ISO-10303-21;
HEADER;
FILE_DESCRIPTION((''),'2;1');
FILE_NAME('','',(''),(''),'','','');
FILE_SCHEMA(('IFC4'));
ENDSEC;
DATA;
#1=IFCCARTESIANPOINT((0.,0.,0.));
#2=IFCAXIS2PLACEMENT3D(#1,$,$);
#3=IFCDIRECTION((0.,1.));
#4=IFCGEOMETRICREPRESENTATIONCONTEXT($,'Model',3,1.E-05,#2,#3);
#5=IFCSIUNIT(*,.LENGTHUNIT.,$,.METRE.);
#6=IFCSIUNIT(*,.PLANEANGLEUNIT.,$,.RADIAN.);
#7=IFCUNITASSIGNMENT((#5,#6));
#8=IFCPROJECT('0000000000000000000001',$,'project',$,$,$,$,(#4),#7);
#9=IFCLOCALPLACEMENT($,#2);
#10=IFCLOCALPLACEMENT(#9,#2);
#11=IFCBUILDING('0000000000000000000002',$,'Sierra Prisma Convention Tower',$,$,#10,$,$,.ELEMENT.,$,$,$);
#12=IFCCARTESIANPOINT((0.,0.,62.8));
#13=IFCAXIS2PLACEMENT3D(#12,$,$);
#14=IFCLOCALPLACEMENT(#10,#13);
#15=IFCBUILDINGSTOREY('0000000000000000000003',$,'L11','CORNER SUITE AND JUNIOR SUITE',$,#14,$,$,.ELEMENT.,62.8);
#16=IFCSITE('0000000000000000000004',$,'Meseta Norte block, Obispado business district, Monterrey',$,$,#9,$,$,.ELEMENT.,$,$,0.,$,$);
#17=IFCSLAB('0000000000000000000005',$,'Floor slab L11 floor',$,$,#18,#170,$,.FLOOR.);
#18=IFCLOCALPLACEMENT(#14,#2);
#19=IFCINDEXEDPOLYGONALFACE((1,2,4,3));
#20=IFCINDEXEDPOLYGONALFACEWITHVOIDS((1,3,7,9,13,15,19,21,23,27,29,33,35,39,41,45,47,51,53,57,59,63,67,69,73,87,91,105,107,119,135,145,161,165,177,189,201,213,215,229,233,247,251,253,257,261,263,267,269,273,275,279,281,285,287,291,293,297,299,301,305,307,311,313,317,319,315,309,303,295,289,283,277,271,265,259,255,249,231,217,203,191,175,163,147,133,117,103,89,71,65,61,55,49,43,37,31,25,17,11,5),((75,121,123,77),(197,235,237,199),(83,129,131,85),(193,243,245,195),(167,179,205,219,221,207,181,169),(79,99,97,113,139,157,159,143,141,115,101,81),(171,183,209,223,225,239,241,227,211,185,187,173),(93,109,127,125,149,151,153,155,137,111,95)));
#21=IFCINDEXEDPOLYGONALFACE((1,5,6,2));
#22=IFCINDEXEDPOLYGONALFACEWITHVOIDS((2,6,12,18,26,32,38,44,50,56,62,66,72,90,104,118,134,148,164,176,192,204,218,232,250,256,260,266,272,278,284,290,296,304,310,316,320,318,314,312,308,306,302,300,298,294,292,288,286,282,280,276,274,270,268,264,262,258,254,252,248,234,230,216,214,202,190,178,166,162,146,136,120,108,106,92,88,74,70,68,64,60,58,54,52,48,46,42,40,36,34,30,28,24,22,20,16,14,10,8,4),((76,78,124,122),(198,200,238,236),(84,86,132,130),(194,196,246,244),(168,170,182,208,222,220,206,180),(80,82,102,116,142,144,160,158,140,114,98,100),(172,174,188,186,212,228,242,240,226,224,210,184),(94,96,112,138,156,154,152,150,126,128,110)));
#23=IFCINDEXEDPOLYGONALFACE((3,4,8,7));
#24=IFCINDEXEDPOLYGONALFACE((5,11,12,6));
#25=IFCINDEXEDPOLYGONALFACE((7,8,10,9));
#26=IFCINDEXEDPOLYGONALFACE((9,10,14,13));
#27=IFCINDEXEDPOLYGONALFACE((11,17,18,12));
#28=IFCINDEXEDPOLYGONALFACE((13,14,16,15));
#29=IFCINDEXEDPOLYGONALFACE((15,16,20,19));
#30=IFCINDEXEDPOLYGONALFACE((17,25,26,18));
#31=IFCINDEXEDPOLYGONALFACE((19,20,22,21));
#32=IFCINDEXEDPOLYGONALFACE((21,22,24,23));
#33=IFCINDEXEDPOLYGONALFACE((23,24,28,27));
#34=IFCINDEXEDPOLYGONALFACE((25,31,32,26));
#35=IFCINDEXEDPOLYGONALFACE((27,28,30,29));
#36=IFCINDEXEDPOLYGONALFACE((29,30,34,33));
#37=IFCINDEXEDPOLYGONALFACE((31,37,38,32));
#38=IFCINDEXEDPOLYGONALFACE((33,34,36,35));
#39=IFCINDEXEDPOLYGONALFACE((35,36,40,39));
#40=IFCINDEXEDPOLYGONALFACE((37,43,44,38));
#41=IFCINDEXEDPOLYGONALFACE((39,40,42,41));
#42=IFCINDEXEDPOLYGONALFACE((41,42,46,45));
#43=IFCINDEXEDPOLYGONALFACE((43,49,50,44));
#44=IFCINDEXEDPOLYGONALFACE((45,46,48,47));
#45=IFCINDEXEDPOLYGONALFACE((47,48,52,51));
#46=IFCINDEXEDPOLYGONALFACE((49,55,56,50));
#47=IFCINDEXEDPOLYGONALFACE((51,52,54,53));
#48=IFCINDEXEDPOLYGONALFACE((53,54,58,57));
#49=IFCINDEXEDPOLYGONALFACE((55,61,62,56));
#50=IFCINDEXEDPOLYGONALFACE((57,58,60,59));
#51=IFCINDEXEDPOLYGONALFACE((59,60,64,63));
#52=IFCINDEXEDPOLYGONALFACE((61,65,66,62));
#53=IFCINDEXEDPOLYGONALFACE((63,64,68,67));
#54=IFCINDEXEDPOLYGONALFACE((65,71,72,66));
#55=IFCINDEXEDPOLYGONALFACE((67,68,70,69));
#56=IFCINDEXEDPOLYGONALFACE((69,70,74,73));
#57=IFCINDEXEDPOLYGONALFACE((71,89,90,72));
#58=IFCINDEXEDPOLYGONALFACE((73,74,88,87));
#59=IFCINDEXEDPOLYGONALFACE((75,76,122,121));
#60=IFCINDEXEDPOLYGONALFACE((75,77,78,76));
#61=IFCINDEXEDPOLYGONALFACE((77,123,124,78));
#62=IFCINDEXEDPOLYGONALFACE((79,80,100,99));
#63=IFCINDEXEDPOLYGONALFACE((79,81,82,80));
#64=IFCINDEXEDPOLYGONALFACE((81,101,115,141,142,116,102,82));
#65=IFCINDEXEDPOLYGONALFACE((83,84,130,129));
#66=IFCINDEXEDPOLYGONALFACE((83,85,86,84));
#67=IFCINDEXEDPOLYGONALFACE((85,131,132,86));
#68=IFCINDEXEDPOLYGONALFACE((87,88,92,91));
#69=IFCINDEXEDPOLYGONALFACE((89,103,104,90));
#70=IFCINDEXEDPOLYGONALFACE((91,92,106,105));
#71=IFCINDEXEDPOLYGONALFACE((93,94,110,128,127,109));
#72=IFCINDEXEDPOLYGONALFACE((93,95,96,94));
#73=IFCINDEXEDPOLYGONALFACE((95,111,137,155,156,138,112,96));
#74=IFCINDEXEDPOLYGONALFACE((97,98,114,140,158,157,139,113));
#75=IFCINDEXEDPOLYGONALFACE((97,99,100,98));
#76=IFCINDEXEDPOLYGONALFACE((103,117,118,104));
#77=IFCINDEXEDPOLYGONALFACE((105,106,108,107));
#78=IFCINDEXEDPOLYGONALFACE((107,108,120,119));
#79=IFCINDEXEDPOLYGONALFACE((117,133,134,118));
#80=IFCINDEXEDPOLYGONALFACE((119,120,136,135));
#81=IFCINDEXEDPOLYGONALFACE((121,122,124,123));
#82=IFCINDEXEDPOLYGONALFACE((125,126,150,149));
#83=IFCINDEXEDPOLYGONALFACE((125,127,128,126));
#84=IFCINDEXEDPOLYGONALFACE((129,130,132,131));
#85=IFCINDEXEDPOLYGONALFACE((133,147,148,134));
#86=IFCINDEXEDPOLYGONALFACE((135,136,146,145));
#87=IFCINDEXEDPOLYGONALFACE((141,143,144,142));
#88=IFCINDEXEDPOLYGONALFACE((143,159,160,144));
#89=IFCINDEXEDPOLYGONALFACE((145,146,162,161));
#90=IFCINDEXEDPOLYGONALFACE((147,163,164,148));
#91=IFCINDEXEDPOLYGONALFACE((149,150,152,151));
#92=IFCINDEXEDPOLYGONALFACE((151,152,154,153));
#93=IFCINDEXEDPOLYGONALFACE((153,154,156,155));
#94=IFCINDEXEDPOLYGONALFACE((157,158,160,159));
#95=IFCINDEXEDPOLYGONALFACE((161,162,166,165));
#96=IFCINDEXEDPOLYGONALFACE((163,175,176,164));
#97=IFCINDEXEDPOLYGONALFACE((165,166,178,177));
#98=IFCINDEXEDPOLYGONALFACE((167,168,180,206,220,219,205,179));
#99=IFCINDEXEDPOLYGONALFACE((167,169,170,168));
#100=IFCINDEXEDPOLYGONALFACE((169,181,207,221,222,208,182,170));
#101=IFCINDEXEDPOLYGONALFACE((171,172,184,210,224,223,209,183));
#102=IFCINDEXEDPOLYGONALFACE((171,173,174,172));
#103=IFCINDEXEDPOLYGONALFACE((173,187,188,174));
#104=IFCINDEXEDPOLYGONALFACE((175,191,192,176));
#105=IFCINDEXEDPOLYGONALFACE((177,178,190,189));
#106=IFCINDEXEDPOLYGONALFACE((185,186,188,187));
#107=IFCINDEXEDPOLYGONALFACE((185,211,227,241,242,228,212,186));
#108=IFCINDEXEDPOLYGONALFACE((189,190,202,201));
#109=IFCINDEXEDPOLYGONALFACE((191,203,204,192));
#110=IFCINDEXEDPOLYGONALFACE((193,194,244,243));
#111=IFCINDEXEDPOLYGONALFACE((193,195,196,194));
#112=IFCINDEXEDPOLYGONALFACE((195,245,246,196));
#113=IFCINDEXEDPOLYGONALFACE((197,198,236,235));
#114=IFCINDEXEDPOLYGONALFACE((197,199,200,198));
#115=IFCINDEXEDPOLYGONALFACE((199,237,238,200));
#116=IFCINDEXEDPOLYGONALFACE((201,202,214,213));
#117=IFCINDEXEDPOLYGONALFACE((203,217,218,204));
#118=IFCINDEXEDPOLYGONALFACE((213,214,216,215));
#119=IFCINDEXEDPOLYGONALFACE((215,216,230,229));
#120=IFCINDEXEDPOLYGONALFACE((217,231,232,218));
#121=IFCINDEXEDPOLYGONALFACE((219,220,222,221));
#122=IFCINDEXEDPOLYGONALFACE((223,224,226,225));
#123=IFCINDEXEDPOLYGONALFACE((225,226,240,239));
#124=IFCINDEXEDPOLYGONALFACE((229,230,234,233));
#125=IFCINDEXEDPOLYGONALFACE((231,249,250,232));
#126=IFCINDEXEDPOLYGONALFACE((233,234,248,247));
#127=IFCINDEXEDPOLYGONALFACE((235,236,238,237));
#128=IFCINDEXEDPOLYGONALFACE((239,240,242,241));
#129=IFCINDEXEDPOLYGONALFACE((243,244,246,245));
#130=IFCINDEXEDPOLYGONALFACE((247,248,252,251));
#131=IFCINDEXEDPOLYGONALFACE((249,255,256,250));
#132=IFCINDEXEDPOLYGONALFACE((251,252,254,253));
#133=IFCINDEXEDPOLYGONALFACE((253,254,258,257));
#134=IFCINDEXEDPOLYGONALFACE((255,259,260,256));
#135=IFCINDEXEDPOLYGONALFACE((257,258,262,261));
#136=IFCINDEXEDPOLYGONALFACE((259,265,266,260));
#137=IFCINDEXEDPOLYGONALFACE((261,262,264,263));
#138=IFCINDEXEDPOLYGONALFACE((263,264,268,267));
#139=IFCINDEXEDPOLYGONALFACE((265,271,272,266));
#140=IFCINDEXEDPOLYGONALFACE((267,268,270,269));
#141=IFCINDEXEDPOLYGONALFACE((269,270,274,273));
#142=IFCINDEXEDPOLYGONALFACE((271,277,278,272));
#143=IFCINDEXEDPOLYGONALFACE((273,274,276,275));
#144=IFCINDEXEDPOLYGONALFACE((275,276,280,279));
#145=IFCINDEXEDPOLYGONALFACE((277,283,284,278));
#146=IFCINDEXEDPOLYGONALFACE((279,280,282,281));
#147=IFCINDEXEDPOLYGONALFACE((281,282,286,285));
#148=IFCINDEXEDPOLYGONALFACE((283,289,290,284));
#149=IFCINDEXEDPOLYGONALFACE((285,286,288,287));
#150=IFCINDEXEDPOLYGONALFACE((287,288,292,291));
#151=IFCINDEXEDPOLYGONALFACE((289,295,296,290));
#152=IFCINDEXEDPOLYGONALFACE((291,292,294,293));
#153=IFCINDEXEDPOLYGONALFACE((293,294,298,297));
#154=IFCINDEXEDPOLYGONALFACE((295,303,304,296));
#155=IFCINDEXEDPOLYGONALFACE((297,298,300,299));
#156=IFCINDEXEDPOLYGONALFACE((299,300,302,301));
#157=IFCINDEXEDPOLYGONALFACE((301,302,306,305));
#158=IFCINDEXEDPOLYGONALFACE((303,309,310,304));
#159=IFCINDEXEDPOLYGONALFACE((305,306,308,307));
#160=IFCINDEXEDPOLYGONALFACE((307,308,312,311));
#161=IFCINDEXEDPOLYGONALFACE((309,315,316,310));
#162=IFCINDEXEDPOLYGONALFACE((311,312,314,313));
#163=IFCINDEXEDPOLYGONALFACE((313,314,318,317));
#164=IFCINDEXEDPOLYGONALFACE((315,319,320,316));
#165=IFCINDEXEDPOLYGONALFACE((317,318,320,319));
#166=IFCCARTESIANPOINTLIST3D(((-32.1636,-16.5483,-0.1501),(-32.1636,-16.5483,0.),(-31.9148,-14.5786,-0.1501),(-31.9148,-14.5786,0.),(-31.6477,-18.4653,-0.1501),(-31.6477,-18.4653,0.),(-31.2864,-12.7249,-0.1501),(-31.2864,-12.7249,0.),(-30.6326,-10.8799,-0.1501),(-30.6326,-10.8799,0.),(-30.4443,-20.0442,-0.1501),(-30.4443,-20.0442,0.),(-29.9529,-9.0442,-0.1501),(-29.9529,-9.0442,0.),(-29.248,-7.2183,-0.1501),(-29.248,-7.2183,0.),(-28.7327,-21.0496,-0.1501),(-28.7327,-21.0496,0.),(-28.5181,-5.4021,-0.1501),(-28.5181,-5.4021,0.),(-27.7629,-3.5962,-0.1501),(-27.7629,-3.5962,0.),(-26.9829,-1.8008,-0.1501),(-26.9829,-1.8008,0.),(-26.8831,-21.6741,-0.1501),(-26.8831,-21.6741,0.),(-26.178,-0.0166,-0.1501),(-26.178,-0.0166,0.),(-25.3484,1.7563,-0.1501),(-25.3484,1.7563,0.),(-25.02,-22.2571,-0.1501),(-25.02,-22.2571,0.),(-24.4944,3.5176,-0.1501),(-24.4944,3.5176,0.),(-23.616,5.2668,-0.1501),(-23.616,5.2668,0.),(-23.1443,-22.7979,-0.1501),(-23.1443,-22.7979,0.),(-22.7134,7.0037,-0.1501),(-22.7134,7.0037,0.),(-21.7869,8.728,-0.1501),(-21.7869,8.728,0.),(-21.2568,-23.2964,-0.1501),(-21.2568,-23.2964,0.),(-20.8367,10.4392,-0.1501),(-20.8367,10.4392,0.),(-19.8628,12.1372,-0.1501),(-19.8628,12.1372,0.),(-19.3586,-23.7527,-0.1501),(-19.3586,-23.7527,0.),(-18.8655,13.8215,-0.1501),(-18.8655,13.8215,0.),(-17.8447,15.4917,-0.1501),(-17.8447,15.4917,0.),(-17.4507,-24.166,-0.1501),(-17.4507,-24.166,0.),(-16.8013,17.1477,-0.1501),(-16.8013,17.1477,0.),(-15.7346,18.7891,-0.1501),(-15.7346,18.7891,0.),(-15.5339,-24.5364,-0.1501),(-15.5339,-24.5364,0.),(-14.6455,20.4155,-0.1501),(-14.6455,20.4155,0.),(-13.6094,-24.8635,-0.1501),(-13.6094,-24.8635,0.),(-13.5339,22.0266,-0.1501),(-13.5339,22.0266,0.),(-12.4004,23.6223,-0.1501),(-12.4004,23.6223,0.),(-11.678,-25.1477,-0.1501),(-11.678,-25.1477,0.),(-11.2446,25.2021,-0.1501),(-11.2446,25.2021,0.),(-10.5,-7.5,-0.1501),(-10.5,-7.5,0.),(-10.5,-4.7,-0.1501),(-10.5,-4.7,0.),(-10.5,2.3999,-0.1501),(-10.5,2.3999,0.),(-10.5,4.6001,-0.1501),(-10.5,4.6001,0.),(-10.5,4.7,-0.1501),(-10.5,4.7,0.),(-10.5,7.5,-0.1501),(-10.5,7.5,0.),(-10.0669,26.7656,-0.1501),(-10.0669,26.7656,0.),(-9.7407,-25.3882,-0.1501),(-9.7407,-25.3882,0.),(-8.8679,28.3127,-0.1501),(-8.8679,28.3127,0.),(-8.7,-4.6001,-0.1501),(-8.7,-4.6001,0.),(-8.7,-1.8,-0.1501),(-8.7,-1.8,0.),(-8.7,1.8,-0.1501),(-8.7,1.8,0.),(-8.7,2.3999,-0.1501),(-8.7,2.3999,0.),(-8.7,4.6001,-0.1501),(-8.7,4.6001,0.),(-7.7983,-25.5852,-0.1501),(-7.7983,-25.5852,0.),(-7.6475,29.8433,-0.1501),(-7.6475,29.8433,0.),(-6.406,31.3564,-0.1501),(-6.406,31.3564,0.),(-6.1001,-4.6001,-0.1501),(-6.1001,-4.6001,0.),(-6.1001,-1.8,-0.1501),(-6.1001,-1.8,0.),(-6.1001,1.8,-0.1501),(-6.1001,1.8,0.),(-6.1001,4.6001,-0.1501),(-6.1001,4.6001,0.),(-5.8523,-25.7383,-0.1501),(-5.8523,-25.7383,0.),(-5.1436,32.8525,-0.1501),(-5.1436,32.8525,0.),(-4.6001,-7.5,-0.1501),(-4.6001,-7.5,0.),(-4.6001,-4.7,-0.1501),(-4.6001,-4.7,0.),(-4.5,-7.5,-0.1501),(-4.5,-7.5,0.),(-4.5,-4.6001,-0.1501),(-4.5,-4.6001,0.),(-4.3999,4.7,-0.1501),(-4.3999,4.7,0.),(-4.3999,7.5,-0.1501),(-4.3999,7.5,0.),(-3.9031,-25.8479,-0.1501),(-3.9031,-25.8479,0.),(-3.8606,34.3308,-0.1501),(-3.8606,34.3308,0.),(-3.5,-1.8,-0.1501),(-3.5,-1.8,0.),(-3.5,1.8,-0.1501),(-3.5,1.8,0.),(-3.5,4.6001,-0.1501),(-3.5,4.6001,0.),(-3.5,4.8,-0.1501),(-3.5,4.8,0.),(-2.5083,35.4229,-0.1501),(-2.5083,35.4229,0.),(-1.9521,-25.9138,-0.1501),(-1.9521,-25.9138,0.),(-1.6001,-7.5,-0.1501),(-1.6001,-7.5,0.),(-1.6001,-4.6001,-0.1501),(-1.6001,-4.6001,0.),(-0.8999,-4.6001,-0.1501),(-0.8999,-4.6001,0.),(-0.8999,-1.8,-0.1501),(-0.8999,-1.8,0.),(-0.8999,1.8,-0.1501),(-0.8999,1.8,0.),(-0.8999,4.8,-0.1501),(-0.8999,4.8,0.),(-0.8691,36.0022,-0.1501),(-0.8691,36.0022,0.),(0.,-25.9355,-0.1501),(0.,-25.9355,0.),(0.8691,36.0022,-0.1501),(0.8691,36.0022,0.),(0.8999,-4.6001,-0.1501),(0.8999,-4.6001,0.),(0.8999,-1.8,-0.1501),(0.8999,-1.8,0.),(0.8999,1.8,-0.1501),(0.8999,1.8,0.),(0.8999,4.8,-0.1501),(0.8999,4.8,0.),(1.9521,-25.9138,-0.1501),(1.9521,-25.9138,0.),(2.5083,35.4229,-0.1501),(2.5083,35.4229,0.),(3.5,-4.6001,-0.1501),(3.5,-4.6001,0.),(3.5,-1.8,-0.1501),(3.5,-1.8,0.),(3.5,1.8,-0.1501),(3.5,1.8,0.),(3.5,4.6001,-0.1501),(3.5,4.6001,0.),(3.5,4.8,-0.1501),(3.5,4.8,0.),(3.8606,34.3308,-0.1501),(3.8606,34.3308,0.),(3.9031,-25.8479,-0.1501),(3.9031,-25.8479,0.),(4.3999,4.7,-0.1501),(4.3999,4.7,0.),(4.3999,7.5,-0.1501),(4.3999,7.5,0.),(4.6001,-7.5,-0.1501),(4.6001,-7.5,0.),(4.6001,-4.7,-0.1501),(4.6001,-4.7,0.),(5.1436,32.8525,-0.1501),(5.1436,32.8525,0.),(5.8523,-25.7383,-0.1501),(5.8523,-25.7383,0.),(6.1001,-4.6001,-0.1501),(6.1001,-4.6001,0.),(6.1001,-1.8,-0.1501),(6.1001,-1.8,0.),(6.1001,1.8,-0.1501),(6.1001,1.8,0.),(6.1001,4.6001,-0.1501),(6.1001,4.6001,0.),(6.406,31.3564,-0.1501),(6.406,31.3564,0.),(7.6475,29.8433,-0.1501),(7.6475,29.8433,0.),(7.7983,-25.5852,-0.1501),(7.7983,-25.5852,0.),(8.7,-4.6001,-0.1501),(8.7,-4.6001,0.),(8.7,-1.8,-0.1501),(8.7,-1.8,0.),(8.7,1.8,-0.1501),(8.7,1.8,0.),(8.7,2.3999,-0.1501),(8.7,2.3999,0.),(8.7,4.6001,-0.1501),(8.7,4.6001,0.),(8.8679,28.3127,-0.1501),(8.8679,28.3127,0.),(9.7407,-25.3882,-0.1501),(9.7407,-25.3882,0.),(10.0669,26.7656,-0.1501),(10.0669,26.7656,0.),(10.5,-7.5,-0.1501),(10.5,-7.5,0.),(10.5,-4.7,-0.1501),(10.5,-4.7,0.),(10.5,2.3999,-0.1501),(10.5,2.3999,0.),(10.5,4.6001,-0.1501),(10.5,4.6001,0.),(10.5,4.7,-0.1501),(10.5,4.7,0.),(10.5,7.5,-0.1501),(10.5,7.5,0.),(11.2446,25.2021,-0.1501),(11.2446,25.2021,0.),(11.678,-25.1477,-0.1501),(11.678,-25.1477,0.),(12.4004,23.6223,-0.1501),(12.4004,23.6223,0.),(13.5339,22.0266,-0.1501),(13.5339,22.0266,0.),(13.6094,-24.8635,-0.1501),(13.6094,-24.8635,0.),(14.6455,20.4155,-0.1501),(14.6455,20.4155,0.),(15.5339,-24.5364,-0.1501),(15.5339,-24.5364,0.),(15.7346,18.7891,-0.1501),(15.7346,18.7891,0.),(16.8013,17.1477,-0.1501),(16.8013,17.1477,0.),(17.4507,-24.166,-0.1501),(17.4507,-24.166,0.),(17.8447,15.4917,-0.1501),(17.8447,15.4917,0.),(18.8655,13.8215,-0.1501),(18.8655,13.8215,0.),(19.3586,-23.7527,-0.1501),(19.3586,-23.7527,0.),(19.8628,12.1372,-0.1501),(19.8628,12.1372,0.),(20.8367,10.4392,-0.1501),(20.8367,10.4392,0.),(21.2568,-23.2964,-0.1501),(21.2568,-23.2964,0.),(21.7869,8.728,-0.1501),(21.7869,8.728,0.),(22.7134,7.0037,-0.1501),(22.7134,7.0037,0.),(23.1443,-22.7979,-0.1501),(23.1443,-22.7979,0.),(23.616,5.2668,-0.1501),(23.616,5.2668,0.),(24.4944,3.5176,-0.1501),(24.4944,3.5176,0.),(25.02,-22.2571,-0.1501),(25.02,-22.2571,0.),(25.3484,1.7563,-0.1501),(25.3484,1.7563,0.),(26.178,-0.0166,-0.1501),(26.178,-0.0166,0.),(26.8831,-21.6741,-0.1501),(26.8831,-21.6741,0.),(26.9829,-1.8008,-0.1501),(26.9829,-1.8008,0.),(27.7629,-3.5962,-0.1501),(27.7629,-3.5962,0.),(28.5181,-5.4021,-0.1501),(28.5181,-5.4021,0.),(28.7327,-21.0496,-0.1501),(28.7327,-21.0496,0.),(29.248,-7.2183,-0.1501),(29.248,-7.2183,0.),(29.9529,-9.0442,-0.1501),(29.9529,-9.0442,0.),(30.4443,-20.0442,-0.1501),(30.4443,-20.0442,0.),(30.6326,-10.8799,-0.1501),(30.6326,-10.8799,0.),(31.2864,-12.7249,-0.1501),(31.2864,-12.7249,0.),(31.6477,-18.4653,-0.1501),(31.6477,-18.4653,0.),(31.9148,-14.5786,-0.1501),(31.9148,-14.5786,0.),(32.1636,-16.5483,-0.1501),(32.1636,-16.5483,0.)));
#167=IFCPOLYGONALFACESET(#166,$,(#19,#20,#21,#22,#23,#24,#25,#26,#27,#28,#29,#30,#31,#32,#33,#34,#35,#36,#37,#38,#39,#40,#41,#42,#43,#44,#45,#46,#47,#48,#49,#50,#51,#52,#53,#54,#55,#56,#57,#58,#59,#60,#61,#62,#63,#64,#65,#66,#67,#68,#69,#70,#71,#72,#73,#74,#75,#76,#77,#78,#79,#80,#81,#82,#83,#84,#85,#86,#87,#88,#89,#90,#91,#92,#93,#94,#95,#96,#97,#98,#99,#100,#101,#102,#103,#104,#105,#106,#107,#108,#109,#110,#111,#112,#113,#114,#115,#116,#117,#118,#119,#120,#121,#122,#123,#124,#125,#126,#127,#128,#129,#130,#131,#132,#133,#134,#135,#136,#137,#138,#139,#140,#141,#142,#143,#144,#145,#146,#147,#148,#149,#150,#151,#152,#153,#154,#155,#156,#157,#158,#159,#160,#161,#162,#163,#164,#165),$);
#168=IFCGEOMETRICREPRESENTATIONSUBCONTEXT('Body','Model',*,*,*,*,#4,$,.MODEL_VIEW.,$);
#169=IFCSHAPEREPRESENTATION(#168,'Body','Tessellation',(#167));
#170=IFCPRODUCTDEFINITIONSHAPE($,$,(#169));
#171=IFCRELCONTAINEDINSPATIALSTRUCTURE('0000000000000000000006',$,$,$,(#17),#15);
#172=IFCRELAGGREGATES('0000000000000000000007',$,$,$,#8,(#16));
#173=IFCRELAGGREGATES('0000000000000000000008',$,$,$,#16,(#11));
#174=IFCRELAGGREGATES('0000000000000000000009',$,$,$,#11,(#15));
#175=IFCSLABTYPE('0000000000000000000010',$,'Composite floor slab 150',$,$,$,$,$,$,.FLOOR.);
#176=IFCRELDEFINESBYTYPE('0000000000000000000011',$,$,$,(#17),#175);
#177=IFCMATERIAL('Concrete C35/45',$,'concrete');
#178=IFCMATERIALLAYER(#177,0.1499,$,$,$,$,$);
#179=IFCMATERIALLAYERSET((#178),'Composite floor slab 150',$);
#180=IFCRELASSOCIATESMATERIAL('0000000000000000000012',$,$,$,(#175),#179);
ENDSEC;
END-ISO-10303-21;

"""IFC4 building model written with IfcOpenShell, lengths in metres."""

from ifc_helpers import new_model, si_unit, direction, frame, origin, place, context, subcontext, project, spatial, polyline, outline, extrude, material, layer, layer_set, type_object, element, save


model = new_model("IFC4")

# Units and contexts
model_context = context("Model", 3, precision=1e-05, world=origin(), true_north=direction((0.0, 1.0)))
body_context = subcontext(model_context, "Body", "Model", "MODEL_VIEW")
ifc_project = project(units=[si_unit("LENGTHUNIT", "METRE"), si_unit("PLANEANGLEUNIT", "RADIAN")], contexts=[model_context])

# Site, building, storey
site_placement = place(None, origin())
site = spatial("IfcSite", under=ifc_project, at=site_placement, Name="Meseta Norte block, Obispado business district, Monterrey", CompositionType="ELEMENT", RefElevation=0.0)
building_placement = place(site_placement, origin())
building = spatial("IfcBuilding", under=site, at=building_placement, Name="Sierra Prisma Convention Tower", CompositionType="ELEMENT")
storey_placement = place(building_placement, frame((0.0, 0.0, 62.8)))
storey = spatial("IfcBuildingStorey", under=building, at=storey_placement, Name="L11", Description="CORNER SUITE AND JUNIOR SUITE", CompositionType="ELEMENT", Elevation=62.8)

# Slab
ifc_material_1 = material(Name="Concrete C35/45", Category="concrete")
ifc_layer_1 = layer(ifc_material_1, 0.1499)
ifc_layer_set_1 = layer_set([ifc_layer_1], Name="Composite floor slab 150")
slab_type = type_object("IfcSlabType", Name="Composite floor slab 150", PredefinedType="FLOOR", material=ifc_layer_set_1)
slab_placement = place(storey_placement, frame((0.0, 0.0, -0.1501)))
element("IfcSlab", 1, at=slab_placement, inside=storey, type_object=slab_type, Name="Floor slab L11 floor", PredefinedType="FLOOR", context=body_context, shape_type="SweptSolid", body=[
    extrude(outline(polyline([(-28.7327, -21.0496), (-26.8831, -21.6741), (-25.02, -22.2571), (-23.1443, -22.7979), (-21.2568, -23.2964), (-19.3586, -23.7527), (-17.4507, -24.166), (-15.5339, -24.5364), (-13.6094, -24.8635), (-11.678, -25.1477), (-9.7407, -25.3882), (-7.7983, -25.5852), (-5.8523, -25.7383), (-3.9031, -25.8479), (-1.9521, -25.9138), (0.0, -25.9355), (1.9521, -25.9138), (3.9031, -25.8479), (5.8523, -25.7383), (7.7983, -25.5852), (9.7407, -25.3882), (11.678, -25.1477), (13.6094, -24.8635), (15.5339, -24.5364), (17.4507, -24.166), (19.3586, -23.7527), (21.2568, -23.2964), (23.1443, -22.7979), (25.02, -22.2571), (26.8831, -21.6741), (28.7327, -21.0496), (30.4443, -20.0442), (31.6477, -18.4653), (32.1636, -16.5483), (31.9148, -14.5786), (31.2864, -12.7249), (30.6326, -10.8799), (29.9529, -9.0442), (29.248, -7.2183), (28.5181, -5.4021), (27.7629, -3.5962), (26.9829, -1.8008), (26.178, -0.0166), (25.3484, 1.7563), (24.4944, 3.5176), (23.616, 5.2668), (22.7134, 7.0037), (21.7869, 8.728), (20.8367, 10.4392), (19.8628, 12.1372), (18.8655, 13.8215), (17.8447, 15.4917), (16.8013, 17.1477), (15.7346, 18.7891), (14.6455, 20.4155), (13.5339, 22.0266), (12.4004, 23.6223), (11.2446, 25.2021), (10.0669, 26.7656), (8.8679, 28.3127), (7.6475, 29.8433), (6.406, 31.3564), (5.1436, 32.8525), (3.8606, 34.3308), (2.5083, 35.4229), (0.8691, 36.0022), (-0.8691, 36.0022), (-2.5083, 35.4229), (-3.8606, 34.3308), (-5.1436, 32.8525), (-6.406, 31.3564), (-7.6475, 29.8433), (-8.8679, 28.3127), (-10.0669, 26.7656), (-11.2446, 25.2021), (-12.4004, 23.6223), (-13.5339, 22.0266), (-14.6455, 20.4155), (-15.7346, 18.7891), (-16.8013, 17.1477), (-17.8447, 15.4917), (-18.8655, 13.8215), (-19.8628, 12.1372), (-20.8367, 10.4392), (-21.7869, 8.728), (-22.7134, 7.0037), (-23.616, 5.2668), (-24.4944, 3.5176), (-25.3484, 1.7563), (-26.178, -0.0166), (-26.9829, -1.8008), (-27.7629, -3.5962), (-28.5181, -5.4021), (-29.248, -7.2183), (-29.9529, -9.0442), (-30.6326, -10.8799), (-31.2864, -12.7249), (-31.9148, -14.5786), (-32.1636, -16.5483), (-31.6477, -18.4653), (-30.4443, -20.0442), (-28.7327, -21.0496)]), holes=[polyline([(-4.6001, -7.5), (-10.5, -7.5), (-10.5, -4.7), (-4.6001, -4.7), (-4.6001, -7.5)]), polyline([(-8.7, -4.6001), (-8.7, -1.8), (-6.1001, -1.8), (-3.5, -1.8), (-0.8999, -1.8), (-0.8999, -4.6001), (-1.6001, -4.6001), (-1.6001, -7.5), (-4.5, -7.5), (-4.5, -4.6001), (-6.1001, -4.6001), (-8.7, -4.6001)]), polyline([(-10.5, 4.6001), (-8.7, 4.6001), (-6.1001, 4.6001), (-3.5, 4.6001), (-3.5, 4.8), (-0.8999, 4.8), (-0.8999, 1.8), (-3.5, 1.8), (-6.1001, 1.8), (-8.7, 1.8), (-8.7, 2.3999), (-10.5, 2.3999), (-10.5, 4.6001)]), polyline([(-4.3999, 4.7), (-10.5, 4.7), (-10.5, 7.5), (-4.3999, 7.5), (-4.3999, 4.7)]), polyline([(10.5, -7.5), (4.6001, -7.5), (4.6001, -4.7), (10.5, -4.7), (10.5, -7.5)]), polyline([(6.1001, -1.8), (8.7, -1.8), (8.7, -4.6001), (6.1001, -4.6001), (3.5, -4.6001), (0.8999, -4.6001), (0.8999, -1.8), (3.5, -1.8), (6.1001, -1.8)]), polyline([(10.5, 4.6001), (10.5, 2.3999), (8.7, 2.3999), (8.7, 1.8), (6.1001, 1.8), (3.5, 1.8), (0.8999, 1.8), (0.8999, 4.8), (3.5, 4.8), (3.5, 4.6001), (6.1001, 4.6001), (8.7, 4.6001), (10.5, 4.6001)]), polyline([(4.3999, 4.7), (4.3999, 7.5), (10.5, 7.5), (10.5, 4.7), (4.3999, 4.7)])]), origin(), (0.0, 0.0, 1.0), 0.1501),
])

save(model, "model.ifc")
